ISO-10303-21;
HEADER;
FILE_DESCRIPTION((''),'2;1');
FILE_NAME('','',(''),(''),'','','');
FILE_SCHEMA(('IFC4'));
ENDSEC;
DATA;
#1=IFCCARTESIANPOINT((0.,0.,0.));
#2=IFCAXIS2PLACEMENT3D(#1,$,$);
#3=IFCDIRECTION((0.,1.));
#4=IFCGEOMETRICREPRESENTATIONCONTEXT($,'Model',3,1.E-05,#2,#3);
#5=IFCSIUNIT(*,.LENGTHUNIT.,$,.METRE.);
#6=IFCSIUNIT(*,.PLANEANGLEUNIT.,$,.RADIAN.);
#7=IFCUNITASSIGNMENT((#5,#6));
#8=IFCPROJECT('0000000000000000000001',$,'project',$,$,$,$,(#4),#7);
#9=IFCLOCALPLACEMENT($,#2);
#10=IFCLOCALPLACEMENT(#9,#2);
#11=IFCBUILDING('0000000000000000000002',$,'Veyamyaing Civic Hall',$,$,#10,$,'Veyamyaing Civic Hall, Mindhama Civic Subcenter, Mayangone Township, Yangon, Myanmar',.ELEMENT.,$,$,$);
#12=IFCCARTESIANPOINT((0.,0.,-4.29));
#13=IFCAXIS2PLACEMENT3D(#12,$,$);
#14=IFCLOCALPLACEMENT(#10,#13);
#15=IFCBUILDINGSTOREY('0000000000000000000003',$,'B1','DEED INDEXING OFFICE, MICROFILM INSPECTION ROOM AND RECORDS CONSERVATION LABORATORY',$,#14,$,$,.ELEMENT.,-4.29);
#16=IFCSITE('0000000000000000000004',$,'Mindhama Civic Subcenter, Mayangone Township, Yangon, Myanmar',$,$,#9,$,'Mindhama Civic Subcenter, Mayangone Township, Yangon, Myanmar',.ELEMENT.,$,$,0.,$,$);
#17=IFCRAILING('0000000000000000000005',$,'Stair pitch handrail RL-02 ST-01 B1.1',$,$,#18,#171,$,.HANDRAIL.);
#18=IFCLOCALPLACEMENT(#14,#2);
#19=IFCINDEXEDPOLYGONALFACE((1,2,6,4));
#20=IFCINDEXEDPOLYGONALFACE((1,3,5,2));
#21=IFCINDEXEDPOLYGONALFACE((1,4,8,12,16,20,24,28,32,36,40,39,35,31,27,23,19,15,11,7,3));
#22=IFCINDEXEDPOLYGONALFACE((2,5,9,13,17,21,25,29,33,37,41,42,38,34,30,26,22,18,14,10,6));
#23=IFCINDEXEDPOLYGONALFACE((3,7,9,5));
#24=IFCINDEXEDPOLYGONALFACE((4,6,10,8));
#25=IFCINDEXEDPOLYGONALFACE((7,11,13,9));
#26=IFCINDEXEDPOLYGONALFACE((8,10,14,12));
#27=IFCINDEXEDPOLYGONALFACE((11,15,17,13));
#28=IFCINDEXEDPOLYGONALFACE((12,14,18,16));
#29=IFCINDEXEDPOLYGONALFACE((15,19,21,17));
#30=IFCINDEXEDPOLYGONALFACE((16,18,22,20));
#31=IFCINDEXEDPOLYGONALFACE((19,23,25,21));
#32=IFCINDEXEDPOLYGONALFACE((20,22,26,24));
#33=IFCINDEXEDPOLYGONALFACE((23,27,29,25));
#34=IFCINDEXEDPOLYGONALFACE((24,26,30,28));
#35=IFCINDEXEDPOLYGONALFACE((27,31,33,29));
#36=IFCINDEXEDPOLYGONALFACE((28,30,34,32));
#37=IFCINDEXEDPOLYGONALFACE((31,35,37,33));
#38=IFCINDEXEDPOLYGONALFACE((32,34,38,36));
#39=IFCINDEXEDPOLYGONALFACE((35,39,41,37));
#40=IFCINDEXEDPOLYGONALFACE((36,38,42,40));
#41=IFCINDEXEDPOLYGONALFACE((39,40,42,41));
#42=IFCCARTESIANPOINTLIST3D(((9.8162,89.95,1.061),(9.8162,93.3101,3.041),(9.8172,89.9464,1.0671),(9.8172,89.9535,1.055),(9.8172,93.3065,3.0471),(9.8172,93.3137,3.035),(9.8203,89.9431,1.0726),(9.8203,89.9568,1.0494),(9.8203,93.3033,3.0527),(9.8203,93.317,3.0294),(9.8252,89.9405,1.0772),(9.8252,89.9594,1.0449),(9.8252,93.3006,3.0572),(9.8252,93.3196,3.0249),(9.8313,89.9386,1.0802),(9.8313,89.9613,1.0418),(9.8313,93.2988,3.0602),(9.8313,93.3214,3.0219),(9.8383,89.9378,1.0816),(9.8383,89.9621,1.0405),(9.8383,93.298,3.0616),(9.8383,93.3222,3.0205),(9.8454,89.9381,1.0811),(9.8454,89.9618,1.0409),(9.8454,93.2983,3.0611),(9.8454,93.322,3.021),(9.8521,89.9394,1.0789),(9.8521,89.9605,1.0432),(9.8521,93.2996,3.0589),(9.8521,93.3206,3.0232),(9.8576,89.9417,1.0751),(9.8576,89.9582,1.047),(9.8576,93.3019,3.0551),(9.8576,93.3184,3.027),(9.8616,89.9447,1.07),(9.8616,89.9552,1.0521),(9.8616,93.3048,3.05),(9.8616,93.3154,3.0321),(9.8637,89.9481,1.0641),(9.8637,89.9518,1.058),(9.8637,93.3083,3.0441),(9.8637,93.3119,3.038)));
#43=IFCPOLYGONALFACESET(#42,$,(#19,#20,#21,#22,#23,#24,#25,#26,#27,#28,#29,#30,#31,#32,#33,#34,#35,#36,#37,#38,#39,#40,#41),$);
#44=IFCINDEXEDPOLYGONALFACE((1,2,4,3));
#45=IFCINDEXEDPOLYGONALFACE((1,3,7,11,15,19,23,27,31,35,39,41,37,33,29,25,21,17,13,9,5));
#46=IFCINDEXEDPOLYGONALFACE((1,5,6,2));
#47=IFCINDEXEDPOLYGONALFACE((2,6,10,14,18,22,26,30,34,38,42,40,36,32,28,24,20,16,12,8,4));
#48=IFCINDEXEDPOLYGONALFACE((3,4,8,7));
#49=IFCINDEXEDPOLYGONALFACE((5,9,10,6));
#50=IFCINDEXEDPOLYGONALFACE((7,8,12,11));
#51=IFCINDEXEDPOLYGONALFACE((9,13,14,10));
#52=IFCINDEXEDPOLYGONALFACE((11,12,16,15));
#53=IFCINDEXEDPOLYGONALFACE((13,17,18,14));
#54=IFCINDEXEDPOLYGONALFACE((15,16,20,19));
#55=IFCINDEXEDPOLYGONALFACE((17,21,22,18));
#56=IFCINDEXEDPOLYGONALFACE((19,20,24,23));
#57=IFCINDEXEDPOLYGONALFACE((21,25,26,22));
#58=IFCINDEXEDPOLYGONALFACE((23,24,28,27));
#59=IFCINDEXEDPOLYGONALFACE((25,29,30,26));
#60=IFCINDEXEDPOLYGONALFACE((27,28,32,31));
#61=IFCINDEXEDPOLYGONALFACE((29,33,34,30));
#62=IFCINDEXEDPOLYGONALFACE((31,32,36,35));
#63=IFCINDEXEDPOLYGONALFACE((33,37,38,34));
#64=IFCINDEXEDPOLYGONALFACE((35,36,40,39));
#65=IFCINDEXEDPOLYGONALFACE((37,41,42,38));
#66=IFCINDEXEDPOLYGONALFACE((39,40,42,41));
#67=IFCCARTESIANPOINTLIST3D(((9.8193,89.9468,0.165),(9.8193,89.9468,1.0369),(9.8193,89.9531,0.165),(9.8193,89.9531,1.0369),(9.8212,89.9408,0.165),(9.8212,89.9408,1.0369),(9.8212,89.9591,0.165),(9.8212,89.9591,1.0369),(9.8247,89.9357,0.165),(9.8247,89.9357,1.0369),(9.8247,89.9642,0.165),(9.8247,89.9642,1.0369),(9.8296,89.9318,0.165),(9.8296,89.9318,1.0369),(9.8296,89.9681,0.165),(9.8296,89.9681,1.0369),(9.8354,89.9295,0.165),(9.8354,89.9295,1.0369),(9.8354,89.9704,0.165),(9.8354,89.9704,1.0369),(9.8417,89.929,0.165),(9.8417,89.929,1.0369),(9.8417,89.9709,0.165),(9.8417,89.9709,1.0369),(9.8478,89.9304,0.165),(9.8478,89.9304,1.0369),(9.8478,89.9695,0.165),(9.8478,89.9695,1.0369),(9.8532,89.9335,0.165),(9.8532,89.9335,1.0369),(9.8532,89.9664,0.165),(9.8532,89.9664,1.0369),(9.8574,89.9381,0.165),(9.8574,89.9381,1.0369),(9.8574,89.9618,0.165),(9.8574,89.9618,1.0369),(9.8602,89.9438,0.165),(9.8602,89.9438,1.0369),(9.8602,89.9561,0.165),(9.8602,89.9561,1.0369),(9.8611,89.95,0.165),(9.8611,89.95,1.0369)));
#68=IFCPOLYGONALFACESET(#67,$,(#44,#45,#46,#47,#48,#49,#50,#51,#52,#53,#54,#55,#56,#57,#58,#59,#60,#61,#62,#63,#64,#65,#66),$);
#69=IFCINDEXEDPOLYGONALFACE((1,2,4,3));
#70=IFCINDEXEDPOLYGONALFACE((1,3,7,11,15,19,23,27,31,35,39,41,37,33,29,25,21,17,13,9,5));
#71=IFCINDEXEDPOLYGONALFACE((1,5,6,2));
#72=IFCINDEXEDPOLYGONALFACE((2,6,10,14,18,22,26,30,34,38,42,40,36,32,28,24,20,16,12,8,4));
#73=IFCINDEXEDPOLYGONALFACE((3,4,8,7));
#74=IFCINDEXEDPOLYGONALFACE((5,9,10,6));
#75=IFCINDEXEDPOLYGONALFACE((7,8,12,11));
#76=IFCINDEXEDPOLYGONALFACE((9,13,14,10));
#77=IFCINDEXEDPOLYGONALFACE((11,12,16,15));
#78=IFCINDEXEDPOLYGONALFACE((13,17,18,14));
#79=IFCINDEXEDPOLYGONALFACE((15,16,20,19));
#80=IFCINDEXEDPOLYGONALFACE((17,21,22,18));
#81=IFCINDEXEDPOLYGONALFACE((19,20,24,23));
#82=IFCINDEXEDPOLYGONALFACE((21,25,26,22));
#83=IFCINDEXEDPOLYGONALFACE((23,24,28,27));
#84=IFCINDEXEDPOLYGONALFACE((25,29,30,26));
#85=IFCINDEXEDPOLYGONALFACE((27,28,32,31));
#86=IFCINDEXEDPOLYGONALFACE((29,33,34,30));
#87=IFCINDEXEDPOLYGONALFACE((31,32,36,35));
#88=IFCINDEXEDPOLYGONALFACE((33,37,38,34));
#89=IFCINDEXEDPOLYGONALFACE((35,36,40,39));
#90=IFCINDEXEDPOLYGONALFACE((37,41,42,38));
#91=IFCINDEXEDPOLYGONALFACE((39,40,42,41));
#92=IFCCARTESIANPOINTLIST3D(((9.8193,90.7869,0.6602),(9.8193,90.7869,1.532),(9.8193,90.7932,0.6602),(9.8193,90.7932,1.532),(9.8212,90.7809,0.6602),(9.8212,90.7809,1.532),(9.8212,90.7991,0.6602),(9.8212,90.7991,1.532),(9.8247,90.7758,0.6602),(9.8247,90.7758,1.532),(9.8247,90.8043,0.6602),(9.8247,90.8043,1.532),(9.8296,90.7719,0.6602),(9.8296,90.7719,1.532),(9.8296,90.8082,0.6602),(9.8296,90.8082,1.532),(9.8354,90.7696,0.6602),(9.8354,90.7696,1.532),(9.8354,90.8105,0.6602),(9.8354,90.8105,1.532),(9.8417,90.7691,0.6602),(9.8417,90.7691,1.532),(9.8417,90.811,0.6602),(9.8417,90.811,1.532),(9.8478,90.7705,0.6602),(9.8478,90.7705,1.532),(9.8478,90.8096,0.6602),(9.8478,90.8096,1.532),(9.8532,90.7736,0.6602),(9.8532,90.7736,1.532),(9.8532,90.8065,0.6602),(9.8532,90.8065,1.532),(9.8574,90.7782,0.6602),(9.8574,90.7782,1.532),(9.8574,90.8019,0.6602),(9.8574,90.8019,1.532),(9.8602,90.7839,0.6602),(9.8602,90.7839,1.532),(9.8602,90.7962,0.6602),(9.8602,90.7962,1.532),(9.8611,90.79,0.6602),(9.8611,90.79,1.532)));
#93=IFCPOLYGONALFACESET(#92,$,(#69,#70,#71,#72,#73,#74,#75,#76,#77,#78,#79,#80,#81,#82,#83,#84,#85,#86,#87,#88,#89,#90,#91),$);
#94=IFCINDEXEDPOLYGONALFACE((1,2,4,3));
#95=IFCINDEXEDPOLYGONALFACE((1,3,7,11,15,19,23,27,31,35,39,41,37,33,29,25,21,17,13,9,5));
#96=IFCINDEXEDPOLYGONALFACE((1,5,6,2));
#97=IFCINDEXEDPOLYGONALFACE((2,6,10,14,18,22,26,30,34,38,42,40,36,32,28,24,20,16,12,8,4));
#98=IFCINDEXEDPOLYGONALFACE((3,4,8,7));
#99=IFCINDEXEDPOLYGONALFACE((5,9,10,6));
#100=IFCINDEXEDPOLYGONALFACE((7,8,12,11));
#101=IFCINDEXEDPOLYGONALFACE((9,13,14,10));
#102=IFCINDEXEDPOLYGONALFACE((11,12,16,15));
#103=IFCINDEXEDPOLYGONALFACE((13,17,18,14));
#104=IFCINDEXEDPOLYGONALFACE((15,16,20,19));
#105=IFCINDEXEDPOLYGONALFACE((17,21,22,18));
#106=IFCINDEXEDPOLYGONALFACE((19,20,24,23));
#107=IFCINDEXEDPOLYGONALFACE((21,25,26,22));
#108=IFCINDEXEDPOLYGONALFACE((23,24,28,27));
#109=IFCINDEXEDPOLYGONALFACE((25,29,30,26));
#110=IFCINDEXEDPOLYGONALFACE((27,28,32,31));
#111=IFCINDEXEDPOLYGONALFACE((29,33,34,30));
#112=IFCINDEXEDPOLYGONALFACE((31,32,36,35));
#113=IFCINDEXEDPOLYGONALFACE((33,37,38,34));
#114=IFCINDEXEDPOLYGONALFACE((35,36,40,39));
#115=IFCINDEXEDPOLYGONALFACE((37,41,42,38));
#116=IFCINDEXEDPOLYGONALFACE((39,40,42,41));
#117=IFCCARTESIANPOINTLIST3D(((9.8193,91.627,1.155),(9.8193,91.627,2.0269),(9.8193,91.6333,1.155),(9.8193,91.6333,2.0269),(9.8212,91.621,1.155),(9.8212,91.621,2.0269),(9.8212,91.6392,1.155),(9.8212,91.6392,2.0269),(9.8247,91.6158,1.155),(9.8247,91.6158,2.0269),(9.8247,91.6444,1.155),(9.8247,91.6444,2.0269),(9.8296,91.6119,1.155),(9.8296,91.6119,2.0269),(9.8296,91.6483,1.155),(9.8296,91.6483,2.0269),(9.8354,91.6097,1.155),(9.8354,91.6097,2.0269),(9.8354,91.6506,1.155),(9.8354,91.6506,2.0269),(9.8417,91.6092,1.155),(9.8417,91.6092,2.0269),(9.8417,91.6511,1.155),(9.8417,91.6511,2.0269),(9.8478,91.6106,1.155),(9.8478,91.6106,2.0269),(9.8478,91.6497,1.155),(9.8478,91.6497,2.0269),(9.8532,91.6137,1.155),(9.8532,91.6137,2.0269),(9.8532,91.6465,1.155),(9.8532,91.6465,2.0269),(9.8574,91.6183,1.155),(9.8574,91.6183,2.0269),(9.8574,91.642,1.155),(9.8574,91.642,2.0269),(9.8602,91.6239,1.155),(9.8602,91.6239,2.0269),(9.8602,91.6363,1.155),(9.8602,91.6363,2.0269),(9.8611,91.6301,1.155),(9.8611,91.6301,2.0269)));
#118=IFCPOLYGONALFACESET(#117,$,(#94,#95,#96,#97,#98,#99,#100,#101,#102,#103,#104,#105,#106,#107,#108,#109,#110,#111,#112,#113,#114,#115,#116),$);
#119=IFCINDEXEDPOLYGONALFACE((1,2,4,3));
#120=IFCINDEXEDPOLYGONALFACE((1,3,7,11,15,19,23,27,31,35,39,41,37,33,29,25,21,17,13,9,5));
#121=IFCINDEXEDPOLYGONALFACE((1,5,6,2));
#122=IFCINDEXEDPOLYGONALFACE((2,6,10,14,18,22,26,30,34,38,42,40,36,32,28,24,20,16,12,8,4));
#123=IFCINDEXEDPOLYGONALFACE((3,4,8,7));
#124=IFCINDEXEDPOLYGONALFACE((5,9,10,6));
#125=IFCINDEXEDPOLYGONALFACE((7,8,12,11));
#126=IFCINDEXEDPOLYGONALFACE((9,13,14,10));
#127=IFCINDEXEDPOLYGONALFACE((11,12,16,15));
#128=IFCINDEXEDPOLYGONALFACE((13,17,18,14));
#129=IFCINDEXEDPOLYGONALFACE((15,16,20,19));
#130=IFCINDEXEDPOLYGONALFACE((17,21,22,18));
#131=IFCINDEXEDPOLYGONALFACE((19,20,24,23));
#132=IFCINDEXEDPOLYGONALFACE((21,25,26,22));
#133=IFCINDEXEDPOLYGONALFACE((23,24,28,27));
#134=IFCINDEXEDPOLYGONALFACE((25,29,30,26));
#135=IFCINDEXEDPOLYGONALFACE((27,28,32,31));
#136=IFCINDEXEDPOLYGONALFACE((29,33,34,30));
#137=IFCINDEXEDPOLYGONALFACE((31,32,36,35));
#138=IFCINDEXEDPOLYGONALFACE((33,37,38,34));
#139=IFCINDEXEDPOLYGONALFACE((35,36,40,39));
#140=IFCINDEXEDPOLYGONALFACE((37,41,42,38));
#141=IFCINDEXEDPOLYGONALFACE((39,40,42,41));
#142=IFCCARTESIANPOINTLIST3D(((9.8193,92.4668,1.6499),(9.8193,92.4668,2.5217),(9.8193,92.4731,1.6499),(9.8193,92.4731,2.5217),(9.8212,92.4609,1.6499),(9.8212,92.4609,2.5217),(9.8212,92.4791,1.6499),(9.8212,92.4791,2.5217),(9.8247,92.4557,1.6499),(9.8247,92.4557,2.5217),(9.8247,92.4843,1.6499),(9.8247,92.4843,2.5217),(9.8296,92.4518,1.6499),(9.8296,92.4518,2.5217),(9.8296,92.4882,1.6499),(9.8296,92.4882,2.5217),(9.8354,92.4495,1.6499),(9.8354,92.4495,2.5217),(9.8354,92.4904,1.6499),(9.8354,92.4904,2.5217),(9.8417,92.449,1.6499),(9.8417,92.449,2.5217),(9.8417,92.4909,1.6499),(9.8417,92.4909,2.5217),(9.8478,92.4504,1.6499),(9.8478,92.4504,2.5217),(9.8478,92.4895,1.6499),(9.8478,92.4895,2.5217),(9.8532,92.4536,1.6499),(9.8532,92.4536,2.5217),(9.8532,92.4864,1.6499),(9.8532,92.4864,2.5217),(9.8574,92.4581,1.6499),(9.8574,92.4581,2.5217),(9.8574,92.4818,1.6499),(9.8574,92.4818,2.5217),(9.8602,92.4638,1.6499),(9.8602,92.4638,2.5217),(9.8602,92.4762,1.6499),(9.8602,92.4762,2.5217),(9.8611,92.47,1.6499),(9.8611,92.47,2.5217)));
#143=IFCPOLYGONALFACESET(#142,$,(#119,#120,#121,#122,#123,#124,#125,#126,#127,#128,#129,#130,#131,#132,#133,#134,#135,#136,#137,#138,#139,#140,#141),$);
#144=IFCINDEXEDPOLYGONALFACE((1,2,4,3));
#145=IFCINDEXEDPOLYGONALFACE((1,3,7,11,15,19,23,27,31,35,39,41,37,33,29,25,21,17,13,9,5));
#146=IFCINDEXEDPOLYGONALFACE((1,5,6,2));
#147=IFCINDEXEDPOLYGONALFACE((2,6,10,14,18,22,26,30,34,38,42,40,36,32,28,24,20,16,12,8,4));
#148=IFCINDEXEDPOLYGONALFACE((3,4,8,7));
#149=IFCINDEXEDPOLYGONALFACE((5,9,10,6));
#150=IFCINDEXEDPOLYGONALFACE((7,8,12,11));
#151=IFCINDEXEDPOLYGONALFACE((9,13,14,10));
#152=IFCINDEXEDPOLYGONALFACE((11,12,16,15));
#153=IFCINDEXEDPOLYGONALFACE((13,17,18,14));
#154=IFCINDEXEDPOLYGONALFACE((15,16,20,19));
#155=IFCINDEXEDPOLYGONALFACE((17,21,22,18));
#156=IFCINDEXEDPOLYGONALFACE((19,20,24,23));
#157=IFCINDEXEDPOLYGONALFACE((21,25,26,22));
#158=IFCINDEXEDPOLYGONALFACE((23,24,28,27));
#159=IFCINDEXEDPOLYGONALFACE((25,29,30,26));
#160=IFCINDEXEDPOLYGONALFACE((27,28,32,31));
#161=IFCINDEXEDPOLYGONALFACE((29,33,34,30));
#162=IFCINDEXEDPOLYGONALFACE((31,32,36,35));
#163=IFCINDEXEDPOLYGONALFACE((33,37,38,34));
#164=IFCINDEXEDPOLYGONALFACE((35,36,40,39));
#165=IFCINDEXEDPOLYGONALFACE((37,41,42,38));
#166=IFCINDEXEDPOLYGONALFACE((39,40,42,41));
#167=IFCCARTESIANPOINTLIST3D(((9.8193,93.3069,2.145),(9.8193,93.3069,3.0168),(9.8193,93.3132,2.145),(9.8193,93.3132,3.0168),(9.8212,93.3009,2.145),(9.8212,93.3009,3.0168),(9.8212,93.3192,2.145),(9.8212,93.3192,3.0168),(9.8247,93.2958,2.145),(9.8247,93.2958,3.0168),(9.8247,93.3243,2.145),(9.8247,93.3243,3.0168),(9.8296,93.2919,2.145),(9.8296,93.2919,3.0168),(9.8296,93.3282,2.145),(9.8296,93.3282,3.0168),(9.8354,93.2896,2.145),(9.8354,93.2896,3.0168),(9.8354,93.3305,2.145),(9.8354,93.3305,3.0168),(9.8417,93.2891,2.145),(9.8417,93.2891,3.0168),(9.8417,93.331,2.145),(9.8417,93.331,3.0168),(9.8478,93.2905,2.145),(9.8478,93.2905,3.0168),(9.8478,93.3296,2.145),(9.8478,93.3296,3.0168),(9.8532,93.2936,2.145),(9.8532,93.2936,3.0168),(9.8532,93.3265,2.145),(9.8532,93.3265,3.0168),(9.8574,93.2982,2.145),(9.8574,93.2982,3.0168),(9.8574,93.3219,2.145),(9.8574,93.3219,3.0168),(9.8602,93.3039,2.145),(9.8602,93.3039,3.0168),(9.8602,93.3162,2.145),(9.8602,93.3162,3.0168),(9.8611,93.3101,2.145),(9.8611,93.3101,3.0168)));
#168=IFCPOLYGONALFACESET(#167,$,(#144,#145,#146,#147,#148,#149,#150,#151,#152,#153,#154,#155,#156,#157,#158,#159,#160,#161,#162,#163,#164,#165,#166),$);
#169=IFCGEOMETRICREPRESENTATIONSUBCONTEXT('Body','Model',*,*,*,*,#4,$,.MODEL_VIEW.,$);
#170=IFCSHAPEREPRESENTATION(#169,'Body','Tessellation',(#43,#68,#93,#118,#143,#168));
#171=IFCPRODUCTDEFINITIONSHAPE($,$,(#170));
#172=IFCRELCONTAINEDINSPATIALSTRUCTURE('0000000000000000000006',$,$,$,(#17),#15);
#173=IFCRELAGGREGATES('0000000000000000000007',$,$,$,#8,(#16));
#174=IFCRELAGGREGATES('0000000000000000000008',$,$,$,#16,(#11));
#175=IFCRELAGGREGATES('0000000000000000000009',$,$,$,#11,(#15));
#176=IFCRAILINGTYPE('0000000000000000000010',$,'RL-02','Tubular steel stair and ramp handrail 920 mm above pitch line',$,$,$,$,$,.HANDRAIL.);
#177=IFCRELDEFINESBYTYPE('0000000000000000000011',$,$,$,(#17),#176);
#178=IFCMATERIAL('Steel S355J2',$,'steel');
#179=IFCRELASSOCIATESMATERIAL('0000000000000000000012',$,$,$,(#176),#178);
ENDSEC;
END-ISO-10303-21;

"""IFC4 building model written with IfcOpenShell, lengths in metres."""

from ifc_helpers import new_model, si_unit, direction, frame, origin, origin_2d, place, context, subcontext, project, spatial, circle, extrude, material, type_object, element, save


model = new_model("IFC4")

# Units and contexts
model_context = context("Model", 3, precision=1e-05, world=origin(), true_north=direction((0.0, 1.0)))
body_context = subcontext(model_context, "Body", "Model", "MODEL_VIEW")
ifc_project = project(units=[si_unit("LENGTHUNIT", "METRE"), si_unit("PLANEANGLEUNIT", "RADIAN")], contexts=[model_context])

# Site, building, storey
site_placement = place(None, origin())
site = spatial("IfcSite", under=ifc_project, at=site_placement, Name="Mindhama Civic Subcenter, Mayangone Township, Yangon, Myanmar", LongName="Mindhama Civic Subcenter, Mayangone Township, Yangon, Myanmar", CompositionType="ELEMENT", RefElevation=0.0)
building_placement = place(site_placement, origin())
building = spatial("IfcBuilding", under=site, at=building_placement, Name="Veyamyaing Civic Hall", LongName="Veyamyaing Civic Hall, Mindhama Civic Subcenter, Mayangone Township, Yangon, Myanmar", CompositionType="ELEMENT")
storey_placement = place(building_placement, frame((0.0, 0.0, -4.29)))
storey = spatial("IfcBuildingStorey", under=building, at=storey_placement, Name="B1", Description="DEED INDEXING OFFICE, MICROFILM INSPECTION ROOM AND RECORDS CONSERVATION LABORATORY", CompositionType="ELEMENT", Elevation=-4.29)

# Shared definitions
ifc_material_1 = material(Name="Steel S355J2", Category="steel")

# Railing
railing_type_1 = type_object("IfcRailingType", Name="RL-02", Description="Tubular steel stair and ramp handrail 920 mm above pitch line", PredefinedType="HANDRAIL", material=ifc_material_1)
railing_1_placement = place(storey_placement, frame((9.8401, 89.95, 0.165)))
element("IfcRailing", 1, at=railing_1_placement, inside=storey, type_object=railing_type_1, Name="Stair pitch handrail RL-02 ST-01 B1.1", PredefinedType="HANDRAIL", context=body_context, shape_type="SweptSolid", body=[
    extrude(circle(Radius=0.0239, at=origin_2d()), frame((0.0, 0.0, 0.896), z_axis=(0.0, 0.861548, 0.507677), x_axis=(-1.0, 0.0, 0.0)), (0.0, 0.0, 1.0), 3.9001),
    extrude(circle(Radius=0.021, at=origin_2d()), origin(), (0.0, 0.0, 1.0), 0.8718),
    extrude(circle(Radius=0.021, at=origin_2d()), frame((0.0, 0.8401, 0.4951)), (0.0, 0.0, 1.0), 0.8718),
    extrude(circle(Radius=0.021, at=origin_2d()), frame((0.0, 1.6802, 0.99)), (0.0, 0.0, 1.0), 0.8718),
    extrude(circle(Radius=0.021, at=origin_2d()), frame((0.0, 2.52, 1.4849)), (0.0, 0.0, 1.0), 0.8718),
    extrude(circle(Radius=0.021, at=origin_2d()), frame((0.0, 3.3601, 1.98)), (0.0, 0.0, 1.0), 0.8718),
])

save(model, "model.ifc")
